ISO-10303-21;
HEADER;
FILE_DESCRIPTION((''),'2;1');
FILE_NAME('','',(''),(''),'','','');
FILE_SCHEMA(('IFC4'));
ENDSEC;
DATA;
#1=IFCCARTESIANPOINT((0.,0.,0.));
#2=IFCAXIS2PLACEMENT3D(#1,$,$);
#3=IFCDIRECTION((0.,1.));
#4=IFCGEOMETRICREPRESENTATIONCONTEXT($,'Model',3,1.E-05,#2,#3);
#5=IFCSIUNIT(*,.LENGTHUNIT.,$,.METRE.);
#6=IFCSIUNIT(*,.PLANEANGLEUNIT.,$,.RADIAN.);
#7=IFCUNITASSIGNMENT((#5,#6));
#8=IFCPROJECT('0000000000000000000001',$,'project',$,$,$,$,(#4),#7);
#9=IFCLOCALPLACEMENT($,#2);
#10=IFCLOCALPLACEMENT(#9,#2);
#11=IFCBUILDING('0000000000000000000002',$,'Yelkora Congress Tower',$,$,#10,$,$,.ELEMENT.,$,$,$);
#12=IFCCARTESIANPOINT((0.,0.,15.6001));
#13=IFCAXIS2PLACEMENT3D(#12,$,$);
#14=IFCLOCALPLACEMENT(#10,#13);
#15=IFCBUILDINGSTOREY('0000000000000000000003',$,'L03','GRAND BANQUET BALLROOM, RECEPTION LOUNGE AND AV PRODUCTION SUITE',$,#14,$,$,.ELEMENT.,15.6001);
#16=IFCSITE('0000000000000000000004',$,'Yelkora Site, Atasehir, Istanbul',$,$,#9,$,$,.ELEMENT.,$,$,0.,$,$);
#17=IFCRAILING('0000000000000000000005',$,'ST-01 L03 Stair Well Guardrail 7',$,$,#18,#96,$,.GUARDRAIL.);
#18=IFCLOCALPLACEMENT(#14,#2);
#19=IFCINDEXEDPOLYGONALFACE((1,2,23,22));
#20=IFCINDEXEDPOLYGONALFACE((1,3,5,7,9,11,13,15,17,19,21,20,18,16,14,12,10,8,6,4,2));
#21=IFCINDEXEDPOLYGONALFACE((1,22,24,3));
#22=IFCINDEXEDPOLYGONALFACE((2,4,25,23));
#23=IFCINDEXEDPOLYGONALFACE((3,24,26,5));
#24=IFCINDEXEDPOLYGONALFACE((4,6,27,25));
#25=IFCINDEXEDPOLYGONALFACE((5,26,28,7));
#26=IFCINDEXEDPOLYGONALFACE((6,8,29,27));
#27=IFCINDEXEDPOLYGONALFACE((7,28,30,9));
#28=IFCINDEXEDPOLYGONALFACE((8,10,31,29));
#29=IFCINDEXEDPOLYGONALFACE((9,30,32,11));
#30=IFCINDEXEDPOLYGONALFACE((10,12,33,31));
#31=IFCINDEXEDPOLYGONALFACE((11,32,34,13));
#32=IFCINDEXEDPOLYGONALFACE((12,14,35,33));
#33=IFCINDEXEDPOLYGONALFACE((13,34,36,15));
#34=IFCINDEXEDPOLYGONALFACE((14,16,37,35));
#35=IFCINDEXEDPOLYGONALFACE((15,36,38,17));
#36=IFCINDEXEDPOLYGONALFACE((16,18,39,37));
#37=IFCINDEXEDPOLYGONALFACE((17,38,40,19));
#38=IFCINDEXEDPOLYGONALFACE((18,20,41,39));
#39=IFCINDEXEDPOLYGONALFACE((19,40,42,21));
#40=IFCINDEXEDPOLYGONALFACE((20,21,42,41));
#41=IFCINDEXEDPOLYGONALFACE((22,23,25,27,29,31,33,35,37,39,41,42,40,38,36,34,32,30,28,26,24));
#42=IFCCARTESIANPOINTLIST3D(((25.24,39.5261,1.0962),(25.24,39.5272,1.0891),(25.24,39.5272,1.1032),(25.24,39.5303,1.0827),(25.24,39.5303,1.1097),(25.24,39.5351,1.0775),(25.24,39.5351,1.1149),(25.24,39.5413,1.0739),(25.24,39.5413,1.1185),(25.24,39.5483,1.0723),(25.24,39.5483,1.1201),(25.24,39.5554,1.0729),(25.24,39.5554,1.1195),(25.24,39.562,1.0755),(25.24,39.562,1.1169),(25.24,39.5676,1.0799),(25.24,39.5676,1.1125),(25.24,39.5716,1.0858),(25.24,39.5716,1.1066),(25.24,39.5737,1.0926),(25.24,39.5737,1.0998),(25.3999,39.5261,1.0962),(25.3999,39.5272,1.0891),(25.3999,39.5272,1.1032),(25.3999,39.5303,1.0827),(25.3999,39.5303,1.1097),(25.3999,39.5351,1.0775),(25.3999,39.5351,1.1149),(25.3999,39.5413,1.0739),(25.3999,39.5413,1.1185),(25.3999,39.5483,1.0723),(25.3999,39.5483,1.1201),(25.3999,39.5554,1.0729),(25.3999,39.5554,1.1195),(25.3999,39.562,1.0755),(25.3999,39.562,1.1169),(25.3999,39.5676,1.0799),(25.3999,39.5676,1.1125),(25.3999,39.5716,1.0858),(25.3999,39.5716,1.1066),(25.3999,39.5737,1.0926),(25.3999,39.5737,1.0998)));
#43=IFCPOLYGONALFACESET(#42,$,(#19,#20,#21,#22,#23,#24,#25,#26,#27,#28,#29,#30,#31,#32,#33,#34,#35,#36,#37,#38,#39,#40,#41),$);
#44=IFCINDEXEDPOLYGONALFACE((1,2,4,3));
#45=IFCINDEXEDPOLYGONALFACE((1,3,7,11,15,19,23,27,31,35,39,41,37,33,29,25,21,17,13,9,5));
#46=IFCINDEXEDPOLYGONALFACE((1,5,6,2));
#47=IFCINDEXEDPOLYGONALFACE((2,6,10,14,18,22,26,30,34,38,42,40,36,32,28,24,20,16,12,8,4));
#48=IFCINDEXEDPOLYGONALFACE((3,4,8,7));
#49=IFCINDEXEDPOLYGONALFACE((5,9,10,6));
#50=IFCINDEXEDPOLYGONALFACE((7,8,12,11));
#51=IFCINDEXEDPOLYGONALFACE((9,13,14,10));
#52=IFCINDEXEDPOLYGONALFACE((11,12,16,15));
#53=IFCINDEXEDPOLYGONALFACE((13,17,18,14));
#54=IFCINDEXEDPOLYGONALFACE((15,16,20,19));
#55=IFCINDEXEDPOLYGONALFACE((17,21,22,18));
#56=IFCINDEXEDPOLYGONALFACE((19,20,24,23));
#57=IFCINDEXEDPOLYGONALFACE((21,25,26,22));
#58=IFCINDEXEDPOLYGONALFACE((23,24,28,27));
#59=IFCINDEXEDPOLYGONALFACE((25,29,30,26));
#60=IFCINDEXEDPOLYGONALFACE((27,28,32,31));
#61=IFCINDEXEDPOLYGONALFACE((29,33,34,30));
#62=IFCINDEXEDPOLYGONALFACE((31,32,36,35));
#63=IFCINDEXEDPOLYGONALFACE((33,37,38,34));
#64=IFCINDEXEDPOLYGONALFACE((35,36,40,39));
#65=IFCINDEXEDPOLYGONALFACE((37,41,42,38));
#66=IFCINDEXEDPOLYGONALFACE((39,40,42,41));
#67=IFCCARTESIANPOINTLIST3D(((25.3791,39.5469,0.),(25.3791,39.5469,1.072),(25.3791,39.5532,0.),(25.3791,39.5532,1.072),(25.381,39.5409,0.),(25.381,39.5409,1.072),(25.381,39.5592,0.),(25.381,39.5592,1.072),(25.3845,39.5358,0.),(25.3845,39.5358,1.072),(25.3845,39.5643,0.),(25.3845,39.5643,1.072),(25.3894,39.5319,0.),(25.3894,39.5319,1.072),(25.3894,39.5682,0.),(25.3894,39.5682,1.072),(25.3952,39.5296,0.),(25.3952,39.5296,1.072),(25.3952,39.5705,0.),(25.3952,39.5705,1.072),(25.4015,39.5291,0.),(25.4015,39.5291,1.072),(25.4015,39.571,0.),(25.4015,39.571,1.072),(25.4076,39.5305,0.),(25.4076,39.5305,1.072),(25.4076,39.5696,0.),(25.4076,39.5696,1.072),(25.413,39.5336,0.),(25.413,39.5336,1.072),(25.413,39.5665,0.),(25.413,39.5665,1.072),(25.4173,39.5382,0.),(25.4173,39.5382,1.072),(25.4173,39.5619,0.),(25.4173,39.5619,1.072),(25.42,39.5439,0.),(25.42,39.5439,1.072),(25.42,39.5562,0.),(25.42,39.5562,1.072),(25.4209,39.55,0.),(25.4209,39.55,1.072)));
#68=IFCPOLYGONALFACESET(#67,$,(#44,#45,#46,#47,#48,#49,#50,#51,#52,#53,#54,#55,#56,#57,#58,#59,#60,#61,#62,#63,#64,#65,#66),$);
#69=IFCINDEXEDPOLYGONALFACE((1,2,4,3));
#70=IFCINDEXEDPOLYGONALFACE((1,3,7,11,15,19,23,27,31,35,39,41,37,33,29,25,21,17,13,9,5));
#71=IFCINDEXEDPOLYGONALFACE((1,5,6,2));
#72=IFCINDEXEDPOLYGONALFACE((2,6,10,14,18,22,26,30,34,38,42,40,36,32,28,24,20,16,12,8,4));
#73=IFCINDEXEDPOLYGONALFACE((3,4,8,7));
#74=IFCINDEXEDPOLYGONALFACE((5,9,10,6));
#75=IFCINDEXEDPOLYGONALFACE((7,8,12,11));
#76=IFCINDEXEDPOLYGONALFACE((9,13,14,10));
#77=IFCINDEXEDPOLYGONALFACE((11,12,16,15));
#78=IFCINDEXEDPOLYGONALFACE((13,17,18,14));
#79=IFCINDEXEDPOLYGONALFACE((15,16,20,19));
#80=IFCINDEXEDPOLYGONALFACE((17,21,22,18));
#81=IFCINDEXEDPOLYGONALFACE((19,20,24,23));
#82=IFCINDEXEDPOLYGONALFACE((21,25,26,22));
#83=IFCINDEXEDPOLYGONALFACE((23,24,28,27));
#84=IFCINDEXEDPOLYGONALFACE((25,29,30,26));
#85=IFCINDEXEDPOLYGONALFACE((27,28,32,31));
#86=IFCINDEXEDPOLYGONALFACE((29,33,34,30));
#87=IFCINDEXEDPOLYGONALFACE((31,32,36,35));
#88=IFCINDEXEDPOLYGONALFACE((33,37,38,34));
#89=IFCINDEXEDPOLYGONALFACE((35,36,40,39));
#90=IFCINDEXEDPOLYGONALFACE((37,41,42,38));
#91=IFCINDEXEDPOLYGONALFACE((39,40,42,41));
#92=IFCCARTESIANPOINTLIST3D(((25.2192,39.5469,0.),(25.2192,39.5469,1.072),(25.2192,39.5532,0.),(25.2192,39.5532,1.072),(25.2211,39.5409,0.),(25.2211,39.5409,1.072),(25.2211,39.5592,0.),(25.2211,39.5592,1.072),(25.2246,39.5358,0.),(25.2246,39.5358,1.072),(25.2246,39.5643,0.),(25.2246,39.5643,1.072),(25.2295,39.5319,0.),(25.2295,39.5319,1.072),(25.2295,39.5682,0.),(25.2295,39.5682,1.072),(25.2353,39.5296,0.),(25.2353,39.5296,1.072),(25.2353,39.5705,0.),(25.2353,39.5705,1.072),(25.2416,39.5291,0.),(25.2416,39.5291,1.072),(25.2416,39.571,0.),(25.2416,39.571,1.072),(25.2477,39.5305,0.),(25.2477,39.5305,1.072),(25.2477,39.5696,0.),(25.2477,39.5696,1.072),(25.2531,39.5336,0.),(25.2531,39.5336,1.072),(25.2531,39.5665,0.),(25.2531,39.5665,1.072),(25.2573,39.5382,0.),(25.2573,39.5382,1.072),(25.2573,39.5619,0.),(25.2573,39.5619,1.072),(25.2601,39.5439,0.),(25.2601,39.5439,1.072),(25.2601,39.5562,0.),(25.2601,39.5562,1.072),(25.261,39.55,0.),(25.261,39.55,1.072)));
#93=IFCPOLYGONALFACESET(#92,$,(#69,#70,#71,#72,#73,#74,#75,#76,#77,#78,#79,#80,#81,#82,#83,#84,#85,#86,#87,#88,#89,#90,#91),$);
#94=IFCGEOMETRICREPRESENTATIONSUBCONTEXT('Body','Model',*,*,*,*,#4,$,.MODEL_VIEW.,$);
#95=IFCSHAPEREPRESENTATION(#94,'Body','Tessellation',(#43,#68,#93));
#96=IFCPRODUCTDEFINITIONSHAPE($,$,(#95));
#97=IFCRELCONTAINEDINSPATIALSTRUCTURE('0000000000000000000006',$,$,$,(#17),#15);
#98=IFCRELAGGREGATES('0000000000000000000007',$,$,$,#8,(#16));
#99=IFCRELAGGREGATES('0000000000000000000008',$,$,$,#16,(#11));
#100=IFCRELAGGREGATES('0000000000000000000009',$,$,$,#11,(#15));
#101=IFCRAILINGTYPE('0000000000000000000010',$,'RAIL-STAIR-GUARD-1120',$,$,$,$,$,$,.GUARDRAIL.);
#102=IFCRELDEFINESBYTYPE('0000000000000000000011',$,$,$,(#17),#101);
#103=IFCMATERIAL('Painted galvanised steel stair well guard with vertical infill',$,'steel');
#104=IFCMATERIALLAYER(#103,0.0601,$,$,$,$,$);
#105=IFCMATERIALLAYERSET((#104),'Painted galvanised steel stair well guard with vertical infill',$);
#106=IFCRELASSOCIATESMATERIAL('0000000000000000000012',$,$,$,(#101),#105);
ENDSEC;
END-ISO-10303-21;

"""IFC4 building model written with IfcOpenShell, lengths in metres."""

from ifc_helpers import new_model, si_unit, direction, frame, origin, origin_2d, place, context, subcontext, project, spatial, circle, extrude, material, layer, layer_set, type_object, element, save


model = new_model("IFC4")

# Units and contexts
model_context = context("Model", 3, precision=1e-05, world=origin(), true_north=direction((0.0, 1.0)))
body_context = subcontext(model_context, "Body", "Model", "MODEL_VIEW")
ifc_project = project(units=[si_unit("LENGTHUNIT", "METRE"), si_unit("PLANEANGLEUNIT", "RADIAN")], contexts=[model_context])

# Site, building, storey
site_placement = place(None, origin())
site = spatial("IfcSite", under=ifc_project, at=site_placement, Name="Yelkora Site, Atasehir, Istanbul", CompositionType="ELEMENT", RefElevation=0.0)
building_placement = place(site_placement, origin())
building = spatial("IfcBuilding", under=site, at=building_placement, Name="Yelkora Congress Tower", CompositionType="ELEMENT")
storey_placement = place(building_placement, frame((0.0, 0.0, 15.6001)))
storey = spatial("IfcBuildingStorey", under=building, at=storey_placement, Name="L03", Description="GRAND BANQUET BALLROOM, RECEPTION LOUNGE AND AV PRODUCTION SUITE", CompositionType="ELEMENT", Elevation=15.6001)

# Railing
ifc_material_1 = material(Name="Painted galvanised steel stair well guard with vertical infill", Category="steel")
ifc_layer_1 = layer(ifc_material_1, 0.0601)
ifc_layer_set_1 = layer_set([ifc_layer_1], Name="Painted galvanised steel stair well guard with vertical infill")
railing_type_1 = type_object("IfcRailingType", Name="RAIL-STAIR-GUARD-1120", PredefinedType="GUARDRAIL", material=ifc_layer_set_1)
railing_1_placement = place(storey_placement, frame((25.3999, 39.55, 0.0)))
element("IfcRailing", 1, at=railing_1_placement, inside=storey, type_object=railing_type_1, Name="ST-01 L03 Stair Well Guardrail 7", PredefinedType="GUARDRAIL", context=body_context, shape_type="SweptSolid", body=[
    extrude(circle(Radius=0.0239, at=origin_2d()), frame((0.0, 0.0, 1.0962), z_axis=(-1.0, 0.0, 0.0), x_axis=(0.0, -1.0, 0.0)), (0.0, 0.0, 1.0), 0.1599),
    extrude(circle(Radius=0.021, at=origin_2d()), origin(), (0.0, 0.0, 1.0), 1.072),
    extrude(circle(Radius=0.021, at=origin_2d()), frame((-0.1599, 0.0, 0.0)), (0.0, 0.0, 1.0), 1.072),
])

save(model, "model.ifc")
